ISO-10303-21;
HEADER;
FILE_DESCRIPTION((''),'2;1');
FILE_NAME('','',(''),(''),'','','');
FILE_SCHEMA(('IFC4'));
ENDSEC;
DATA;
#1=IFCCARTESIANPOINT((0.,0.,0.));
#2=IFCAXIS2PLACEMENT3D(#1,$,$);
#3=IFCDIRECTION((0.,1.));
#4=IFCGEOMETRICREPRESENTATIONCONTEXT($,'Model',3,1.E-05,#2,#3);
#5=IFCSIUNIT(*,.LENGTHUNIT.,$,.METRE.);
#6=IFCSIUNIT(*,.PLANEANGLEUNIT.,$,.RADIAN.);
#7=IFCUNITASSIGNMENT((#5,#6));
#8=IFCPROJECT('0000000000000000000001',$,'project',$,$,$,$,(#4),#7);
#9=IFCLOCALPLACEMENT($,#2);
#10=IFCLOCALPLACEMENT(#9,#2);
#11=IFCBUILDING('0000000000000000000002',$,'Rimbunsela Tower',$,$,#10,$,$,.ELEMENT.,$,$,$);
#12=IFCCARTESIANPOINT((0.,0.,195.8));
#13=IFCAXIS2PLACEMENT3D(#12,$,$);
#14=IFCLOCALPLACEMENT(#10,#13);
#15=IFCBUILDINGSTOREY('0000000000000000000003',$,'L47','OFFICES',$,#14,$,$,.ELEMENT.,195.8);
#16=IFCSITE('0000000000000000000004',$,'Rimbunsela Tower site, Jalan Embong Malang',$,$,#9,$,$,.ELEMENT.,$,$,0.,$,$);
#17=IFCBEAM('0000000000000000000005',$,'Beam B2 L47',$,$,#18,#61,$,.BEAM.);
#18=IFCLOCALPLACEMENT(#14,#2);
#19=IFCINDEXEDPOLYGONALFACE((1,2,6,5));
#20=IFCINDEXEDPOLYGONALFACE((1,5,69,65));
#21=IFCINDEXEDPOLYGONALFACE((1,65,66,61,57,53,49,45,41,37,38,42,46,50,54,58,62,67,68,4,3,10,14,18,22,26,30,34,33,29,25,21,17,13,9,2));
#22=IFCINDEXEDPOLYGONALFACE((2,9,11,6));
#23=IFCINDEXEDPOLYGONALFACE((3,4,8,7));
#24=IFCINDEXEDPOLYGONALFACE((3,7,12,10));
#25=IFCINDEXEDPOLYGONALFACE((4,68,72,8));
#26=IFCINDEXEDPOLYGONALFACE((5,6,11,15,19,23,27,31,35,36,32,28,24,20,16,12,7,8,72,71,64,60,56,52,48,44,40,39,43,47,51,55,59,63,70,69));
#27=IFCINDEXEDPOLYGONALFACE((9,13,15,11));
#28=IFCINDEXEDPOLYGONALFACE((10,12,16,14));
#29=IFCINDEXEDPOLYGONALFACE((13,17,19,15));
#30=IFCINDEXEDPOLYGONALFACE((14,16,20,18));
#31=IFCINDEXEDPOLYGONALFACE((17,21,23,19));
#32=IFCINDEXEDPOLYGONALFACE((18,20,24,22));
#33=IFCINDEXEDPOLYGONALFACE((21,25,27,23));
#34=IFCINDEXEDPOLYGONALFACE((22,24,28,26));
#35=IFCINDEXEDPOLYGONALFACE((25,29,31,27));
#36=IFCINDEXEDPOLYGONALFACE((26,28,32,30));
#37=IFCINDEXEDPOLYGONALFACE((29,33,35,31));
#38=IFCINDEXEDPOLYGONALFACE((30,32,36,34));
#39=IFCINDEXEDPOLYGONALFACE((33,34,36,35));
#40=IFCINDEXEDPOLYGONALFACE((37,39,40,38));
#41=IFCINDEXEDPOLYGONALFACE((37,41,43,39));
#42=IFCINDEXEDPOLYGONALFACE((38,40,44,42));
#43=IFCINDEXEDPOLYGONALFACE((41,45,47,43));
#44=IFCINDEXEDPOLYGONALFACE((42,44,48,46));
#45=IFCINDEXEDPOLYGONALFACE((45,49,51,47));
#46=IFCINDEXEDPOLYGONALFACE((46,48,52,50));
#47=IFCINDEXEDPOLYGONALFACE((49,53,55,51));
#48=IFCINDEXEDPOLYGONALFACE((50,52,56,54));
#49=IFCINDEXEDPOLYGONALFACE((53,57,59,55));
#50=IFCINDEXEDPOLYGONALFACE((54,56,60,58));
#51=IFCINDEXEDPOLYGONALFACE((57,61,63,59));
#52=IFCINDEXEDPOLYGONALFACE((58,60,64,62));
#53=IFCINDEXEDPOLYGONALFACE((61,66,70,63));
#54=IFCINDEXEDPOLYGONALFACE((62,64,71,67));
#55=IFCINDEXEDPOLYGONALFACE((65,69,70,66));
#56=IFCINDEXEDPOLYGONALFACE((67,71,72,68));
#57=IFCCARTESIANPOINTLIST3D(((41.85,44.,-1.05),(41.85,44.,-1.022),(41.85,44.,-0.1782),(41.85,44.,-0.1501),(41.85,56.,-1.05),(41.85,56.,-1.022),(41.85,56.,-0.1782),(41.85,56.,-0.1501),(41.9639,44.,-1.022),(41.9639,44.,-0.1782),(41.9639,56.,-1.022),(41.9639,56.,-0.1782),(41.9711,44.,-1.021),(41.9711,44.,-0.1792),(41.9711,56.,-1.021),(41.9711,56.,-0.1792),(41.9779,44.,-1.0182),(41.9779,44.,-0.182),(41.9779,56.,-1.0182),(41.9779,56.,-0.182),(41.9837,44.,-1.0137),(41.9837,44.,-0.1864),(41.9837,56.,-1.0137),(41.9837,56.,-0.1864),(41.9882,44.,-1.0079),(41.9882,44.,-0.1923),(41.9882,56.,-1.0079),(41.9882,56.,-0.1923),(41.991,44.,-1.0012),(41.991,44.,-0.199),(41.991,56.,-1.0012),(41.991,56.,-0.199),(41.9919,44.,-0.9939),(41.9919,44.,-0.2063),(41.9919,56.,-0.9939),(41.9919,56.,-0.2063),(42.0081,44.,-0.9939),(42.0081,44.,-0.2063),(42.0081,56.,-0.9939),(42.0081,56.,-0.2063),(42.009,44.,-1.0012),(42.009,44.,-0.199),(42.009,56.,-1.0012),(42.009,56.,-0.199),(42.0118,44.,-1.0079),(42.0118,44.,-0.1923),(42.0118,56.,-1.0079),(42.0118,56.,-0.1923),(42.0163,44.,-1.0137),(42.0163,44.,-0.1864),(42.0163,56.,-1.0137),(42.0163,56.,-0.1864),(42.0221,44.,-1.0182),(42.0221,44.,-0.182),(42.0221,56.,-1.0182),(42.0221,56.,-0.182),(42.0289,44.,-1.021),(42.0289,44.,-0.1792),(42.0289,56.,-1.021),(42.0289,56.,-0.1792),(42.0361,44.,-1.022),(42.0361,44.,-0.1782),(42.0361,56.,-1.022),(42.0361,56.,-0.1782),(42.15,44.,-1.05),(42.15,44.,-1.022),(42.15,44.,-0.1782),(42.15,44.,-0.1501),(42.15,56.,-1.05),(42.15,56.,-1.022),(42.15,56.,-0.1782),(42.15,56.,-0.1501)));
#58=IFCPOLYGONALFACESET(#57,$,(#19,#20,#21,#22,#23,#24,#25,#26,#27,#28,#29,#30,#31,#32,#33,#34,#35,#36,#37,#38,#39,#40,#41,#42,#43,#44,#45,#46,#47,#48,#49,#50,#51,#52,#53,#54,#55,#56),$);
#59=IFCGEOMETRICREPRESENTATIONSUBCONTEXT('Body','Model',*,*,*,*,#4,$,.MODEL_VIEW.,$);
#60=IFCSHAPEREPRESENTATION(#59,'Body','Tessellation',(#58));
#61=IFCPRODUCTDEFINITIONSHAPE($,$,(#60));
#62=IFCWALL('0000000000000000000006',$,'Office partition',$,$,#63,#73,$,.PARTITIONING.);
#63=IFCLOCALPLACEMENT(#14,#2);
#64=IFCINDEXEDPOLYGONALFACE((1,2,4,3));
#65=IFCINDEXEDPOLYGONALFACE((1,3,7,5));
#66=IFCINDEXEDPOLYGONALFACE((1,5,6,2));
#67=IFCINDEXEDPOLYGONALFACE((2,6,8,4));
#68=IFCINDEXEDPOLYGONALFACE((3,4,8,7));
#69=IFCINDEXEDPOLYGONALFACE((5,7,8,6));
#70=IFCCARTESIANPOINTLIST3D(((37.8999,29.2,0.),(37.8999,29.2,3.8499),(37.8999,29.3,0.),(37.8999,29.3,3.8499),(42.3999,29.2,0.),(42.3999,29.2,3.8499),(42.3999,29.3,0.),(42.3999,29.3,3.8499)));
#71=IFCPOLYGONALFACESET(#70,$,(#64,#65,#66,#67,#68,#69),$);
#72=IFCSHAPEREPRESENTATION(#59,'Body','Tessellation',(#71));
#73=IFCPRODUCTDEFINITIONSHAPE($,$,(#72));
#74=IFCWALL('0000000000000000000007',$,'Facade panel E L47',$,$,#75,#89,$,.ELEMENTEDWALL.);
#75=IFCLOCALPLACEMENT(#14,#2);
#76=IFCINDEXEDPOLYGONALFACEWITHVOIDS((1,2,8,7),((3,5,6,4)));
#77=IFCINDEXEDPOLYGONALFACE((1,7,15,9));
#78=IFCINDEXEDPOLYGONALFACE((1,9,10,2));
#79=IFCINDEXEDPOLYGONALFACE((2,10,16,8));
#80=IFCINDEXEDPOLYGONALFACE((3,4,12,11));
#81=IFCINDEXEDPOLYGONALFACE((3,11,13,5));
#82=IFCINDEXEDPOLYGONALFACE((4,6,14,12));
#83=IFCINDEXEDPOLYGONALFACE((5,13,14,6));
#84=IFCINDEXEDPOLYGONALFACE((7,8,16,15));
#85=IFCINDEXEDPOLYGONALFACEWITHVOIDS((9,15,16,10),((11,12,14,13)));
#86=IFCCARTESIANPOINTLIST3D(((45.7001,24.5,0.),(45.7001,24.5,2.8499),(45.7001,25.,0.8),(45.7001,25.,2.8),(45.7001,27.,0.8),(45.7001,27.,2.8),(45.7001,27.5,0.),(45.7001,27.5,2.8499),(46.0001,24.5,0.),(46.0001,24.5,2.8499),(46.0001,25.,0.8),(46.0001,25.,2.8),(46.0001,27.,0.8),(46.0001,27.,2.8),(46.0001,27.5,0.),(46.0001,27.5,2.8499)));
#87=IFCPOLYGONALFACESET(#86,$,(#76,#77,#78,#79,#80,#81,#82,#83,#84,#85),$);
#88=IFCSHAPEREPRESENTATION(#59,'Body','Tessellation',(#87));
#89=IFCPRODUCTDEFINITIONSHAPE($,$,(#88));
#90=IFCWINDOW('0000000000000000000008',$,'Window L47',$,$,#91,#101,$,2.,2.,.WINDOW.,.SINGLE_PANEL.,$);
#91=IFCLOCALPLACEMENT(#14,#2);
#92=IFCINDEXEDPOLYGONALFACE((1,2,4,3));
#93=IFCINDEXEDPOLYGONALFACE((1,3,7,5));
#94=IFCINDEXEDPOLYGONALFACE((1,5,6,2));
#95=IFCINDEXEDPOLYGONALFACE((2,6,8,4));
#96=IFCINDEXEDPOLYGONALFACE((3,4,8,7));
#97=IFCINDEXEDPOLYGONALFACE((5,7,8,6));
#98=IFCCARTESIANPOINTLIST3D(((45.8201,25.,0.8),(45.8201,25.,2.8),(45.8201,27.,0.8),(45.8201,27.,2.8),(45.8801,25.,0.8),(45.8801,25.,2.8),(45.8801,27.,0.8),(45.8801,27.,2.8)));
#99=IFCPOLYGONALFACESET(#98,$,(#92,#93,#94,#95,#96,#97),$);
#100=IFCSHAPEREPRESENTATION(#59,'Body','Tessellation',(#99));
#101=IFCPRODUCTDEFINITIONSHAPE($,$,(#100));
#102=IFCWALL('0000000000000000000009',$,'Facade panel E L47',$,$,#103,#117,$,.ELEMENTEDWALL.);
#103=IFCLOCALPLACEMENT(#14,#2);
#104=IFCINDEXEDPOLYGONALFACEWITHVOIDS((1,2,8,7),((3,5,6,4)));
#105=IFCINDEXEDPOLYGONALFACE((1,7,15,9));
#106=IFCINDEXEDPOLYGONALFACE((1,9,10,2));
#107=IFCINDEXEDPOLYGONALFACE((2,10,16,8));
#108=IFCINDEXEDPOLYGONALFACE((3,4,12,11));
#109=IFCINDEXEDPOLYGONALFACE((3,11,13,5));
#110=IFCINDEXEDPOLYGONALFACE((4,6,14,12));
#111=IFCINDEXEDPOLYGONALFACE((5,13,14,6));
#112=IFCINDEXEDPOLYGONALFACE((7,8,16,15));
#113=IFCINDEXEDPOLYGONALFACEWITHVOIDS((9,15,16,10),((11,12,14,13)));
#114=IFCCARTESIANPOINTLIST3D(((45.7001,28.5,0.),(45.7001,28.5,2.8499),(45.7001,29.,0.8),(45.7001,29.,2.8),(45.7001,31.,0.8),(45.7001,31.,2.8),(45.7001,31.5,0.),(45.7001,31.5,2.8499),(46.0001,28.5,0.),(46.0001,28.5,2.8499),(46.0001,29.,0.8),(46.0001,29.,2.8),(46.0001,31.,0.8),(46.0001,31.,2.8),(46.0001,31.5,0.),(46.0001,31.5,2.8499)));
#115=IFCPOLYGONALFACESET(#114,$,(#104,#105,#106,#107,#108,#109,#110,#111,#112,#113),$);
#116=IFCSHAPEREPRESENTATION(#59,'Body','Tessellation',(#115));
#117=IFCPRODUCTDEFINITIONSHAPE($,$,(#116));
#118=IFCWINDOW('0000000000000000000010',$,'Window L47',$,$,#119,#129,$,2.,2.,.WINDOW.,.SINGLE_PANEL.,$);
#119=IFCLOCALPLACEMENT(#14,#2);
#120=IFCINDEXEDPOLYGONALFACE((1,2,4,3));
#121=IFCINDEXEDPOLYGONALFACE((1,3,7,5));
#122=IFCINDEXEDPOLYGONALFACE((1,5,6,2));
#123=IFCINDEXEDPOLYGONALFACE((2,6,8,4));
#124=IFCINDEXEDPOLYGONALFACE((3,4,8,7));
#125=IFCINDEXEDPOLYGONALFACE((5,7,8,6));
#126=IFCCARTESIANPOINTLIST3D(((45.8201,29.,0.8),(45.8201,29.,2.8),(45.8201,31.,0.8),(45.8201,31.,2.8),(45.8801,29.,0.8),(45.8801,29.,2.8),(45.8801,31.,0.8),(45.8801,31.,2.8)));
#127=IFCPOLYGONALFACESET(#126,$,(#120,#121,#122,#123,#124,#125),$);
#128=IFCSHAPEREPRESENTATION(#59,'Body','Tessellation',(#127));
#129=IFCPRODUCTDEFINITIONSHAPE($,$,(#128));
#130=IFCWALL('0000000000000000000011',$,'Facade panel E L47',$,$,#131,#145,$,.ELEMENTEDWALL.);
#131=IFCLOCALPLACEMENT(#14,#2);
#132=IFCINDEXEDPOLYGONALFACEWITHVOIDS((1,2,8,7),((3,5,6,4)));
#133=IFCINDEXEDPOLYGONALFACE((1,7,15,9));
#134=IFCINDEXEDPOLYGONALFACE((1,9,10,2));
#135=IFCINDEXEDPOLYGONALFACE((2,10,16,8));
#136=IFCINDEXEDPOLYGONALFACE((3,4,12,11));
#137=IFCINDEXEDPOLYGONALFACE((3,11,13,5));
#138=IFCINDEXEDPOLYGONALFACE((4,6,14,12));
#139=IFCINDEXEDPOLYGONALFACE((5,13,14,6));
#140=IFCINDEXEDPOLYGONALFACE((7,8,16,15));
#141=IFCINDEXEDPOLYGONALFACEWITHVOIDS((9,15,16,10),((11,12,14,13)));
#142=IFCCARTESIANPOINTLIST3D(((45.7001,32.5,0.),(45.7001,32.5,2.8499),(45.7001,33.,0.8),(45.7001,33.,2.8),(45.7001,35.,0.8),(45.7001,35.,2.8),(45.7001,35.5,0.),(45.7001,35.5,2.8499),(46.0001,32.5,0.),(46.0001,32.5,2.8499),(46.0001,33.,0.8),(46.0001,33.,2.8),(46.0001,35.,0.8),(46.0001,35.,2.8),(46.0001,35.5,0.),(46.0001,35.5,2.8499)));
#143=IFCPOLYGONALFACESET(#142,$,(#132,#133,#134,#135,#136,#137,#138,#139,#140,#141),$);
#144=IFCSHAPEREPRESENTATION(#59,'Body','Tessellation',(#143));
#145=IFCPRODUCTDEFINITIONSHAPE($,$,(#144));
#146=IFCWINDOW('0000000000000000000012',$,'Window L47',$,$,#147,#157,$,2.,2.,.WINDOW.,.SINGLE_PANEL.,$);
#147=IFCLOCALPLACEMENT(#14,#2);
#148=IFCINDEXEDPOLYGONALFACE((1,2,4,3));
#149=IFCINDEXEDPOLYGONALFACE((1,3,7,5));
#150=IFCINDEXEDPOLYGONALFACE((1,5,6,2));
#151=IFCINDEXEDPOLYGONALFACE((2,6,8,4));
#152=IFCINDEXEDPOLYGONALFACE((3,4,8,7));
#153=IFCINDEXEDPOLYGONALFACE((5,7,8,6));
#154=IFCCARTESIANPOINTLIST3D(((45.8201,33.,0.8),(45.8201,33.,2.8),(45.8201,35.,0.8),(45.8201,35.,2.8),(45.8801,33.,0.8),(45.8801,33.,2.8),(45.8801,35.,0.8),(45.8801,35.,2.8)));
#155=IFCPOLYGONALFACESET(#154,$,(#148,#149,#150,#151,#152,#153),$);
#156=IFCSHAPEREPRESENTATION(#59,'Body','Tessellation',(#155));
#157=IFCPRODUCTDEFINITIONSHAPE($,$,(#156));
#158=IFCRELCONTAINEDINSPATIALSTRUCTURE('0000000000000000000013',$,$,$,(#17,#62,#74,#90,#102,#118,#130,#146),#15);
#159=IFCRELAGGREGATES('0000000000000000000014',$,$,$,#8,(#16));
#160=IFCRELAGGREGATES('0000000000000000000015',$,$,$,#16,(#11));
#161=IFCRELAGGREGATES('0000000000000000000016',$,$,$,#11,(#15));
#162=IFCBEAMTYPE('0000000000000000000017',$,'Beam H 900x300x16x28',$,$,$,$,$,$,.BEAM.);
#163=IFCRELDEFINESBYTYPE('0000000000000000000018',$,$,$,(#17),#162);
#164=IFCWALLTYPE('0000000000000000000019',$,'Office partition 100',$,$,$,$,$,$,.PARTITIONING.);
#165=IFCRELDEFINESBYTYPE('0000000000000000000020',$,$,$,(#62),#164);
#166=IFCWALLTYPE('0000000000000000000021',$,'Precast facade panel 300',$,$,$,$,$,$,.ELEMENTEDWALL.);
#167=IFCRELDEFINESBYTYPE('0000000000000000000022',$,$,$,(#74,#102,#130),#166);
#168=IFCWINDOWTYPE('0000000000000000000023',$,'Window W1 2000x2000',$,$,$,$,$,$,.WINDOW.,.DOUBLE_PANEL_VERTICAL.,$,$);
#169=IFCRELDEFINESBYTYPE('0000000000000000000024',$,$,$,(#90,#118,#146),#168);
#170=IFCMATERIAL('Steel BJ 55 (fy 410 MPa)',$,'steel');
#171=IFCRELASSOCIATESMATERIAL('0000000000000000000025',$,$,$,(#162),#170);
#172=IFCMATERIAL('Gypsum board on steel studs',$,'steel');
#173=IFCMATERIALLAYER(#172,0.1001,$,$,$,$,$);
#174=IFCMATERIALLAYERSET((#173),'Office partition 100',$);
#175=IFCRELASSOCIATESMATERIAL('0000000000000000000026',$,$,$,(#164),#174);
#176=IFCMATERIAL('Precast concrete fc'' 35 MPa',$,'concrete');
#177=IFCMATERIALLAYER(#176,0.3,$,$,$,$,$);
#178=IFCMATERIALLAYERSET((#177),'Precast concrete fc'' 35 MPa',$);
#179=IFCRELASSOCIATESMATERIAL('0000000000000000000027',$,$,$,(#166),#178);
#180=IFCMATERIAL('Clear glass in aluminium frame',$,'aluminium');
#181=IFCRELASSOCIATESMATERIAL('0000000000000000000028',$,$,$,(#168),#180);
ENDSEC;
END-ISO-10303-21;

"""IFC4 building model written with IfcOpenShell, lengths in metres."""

from ifc_helpers import new_model, si_unit, direction, frame, frame_2d, origin, origin_2d, place, context, subcontext, project, spatial, rectangle, i_section, extrude, material, layer, layer_set, material_profile, profile_set, type_object, element, fill, save


model = new_model("IFC4")

# Units and contexts
model_context = context("Model", 3, precision=1e-05, world=origin(), true_north=direction((0.0, 1.0)))
body_context = subcontext(model_context, "Body", "Model", "MODEL_VIEW")
ifc_project = project(units=[si_unit("LENGTHUNIT", "METRE"), si_unit("PLANEANGLEUNIT", "RADIAN")], contexts=[model_context])

# Site, building, storey
site_placement = place(None, origin())
site = spatial("IfcSite", under=ifc_project, at=site_placement, Name="Rimbunsela Tower site, Jalan Embong Malang", CompositionType="ELEMENT", RefElevation=0.0)
building_placement = place(site_placement, origin())
building = spatial("IfcBuilding", under=site, at=building_placement, Name="Rimbunsela Tower", CompositionType="ELEMENT")
storey_placement = place(building_placement, frame((0.0, 0.0, 195.8)))
storey = spatial("IfcBuildingStorey", under=building, at=storey_placement, Name="L47", Description="OFFICES", CompositionType="ELEMENT", Elevation=195.8)

# Beam
ifc_material_1 = material(Name="Steel BJ 55 (fy 410 MPa)", Category="steel")
ifc_material_profile_1 = material_profile(ifc_material_1, i_section(OverallWidth=0.3, OverallDepth=0.8999, WebThickness=0.0161, FlangeThickness=0.0281, FilletRadius=0.0281, at=origin_2d()), Name="H 900x300x16x28")
ifc_profile_set_1 = profile_set([ifc_material_profile_1], Name="Steel BJ 55 (fy 410 MPa)")
beam_type_1 = type_object("IfcBeamType", Name="Beam H 900x300x16x28", PredefinedType="BEAM", material=ifc_profile_set_1)
beam_placement = place(storey_placement, frame((42.0, 44.0, -0.6001), z_axis=(0.0, 1.0, 0.0), x_axis=(-1.0, 0.0, 0.0)))
element("IfcBeam", 1, at=beam_placement, inside=storey, type_object=beam_type_1, Name="Beam B2 L47", PredefinedType="BEAM", context=body_context, shape_type="SweptSolid", body=[
    extrude(i_section(OverallWidth=0.3, OverallDepth=0.8999, WebThickness=0.0161, FlangeThickness=0.0281, FilletRadius=0.0281, at=origin_2d()), origin(), (0.0, 0.0, 1.0), 12.0),
])

# Wall
ifc_material_2 = material(Name="Gypsum board on steel studs", Category="steel")
ifc_layer_1 = layer(ifc_material_2, 0.1001)
ifc_layer_set_1 = layer_set([ifc_layer_1], Name="Office partition 100")
wall_type_1 = type_object("IfcWallType", Name="Office partition 100", PredefinedType="PARTITIONING", material=ifc_layer_set_1)
wall_1_placement = place(storey_placement, frame((42.3999, 29.25, 0.0), z_axis=(0.0, 0.0, 1.0), x_axis=(-1.0, 0.0, 0.0)))
element("IfcWall", 2, at=wall_1_placement, inside=storey, type_object=wall_type_1, Name="Office partition", PredefinedType="PARTITIONING", context=body_context, shape_type="SweptSolid", body=[
    extrude(rectangle(XDim=4.5, YDim=0.1001, at=frame_2d((2.25, 0.0))), origin(), (0.0, 0.0, 1.0), 3.8499),
])

# Walls, openings, windows
ifc_material_3 = material(Name="Precast concrete fc' 35 MPa", Category="concrete")
ifc_layer_2 = layer(ifc_material_3, 0.3)
ifc_layer_set_2 = layer_set([ifc_layer_2], Name="Precast concrete fc' 35 MPa")
wall_type_2 = type_object("IfcWallType", Name="Precast facade panel 300", PredefinedType="ELEMENTEDWALL", material=ifc_layer_set_2)
wall_2_placement = place(storey_placement, frame((45.8501, 24.5, 0.0), z_axis=(0.0, 0.0, 1.0), x_axis=(0.0, 1.0, 0.0)))
wall_2 = element("IfcWall", 3, at=wall_2_placement, inside=storey, type_object=wall_type_2, Name="Facade panel E L47", PredefinedType="ELEMENTEDWALL", context=body_context, shape_type="SweptSolid", body=[
    extrude(rectangle(XDim=3.0, YDim=0.3, at=frame_2d((1.5, 0.0))), origin(), (0.0, 0.0, 1.0), 2.8499),
])
opening_1_placement = place(wall_2_placement, frame((0.5, 0.0, 0.8)))
opening_1 = element("IfcOpeningElement", 4, at=opening_1_placement, cuts=wall_2, PredefinedType="OPENING", context=body_context, shape_type="SweptSolid", body=[
    extrude(rectangle(XDim=2.0, YDim=2.0, at=frame_2d((1.0, 1.0))), frame((0.0, 0.1599, 0.0), z_axis=(0.0, -1.0, 0.0), x_axis=(1.0, 0.0, 0.0)), (0.0, 0.0, 1.0), 0.3201),
])
ifc_material_4 = material(Name="Clear glass in aluminium frame", Category="aluminium")
window_type = type_object("IfcWindowType", Name="Window W1 2000x2000", PartitioningType="DOUBLE_PANEL_VERTICAL", PredefinedType="WINDOW", material=ifc_material_4)
window_1_placement = place(opening_1_placement, origin())
window_1 = element("IfcWindow", 5, at=window_1_placement, inside=storey, type_object=window_type, Name="Window L47", OverallHeight=2.0, OverallWidth=2.0, PartitioningType="SINGLE_PANEL", PredefinedType="WINDOW", context=body_context, shape_type="SweptSolid", body=[
    extrude(rectangle(XDim=2.0, YDim=2.0, at=frame_2d((1.0, 1.0))), frame((0.0, 0.03, 0.0), z_axis=(0.0, -1.0, 0.0), x_axis=(1.0, 0.0, 0.0)), (0.0, 0.0, 1.0), 0.0601),
])
fill(opening_1, window_1)
wall_3_placement = place(storey_placement, frame((45.8501, 28.5, 0.0), z_axis=(0.0, 0.0, 1.0), x_axis=(0.0, 1.0, 0.0)))
wall_3 = element("IfcWall", 6, at=wall_3_placement, inside=storey, type_object=wall_type_2, Name="Facade panel E L47", PredefinedType="ELEMENTEDWALL", context=body_context, shape_type="SweptSolid", body=[
    extrude(rectangle(XDim=3.0, YDim=0.3, at=frame_2d((1.5, 0.0))), origin(), (0.0, 0.0, 1.0), 2.8499),
])
opening_2_placement = place(wall_3_placement, frame((0.5, 0.0, 0.8)))
opening_2 = element("IfcOpeningElement", 7, at=opening_2_placement, cuts=wall_3, PredefinedType="OPENING", context=body_context, shape_type="SweptSolid", body=[
    extrude(rectangle(XDim=2.0, YDim=2.0, at=frame_2d((1.0, 1.0))), frame((0.0, 0.1599, 0.0), z_axis=(0.0, -1.0, 0.0), x_axis=(1.0, 0.0, 0.0)), (0.0, 0.0, 1.0), 0.3201),
])
window_2_placement = place(opening_2_placement, origin())
window_2 = element("IfcWindow", 8, at=window_2_placement, inside=storey, type_object=window_type, Name="Window L47", OverallHeight=2.0, OverallWidth=2.0, PartitioningType="SINGLE_PANEL", PredefinedType="WINDOW", context=body_context, shape_type="SweptSolid", body=[
    extrude(rectangle(XDim=2.0, YDim=2.0, at=frame_2d((1.0, 1.0))), frame((0.0, 0.03, 0.0), z_axis=(0.0, -1.0, 0.0), x_axis=(1.0, 0.0, 0.0)), (0.0, 0.0, 1.0), 0.0601),
])
fill(opening_2, window_2)
wall_4_placement = place(storey_placement, frame((45.8501, 32.5, 0.0), z_axis=(0.0, 0.0, 1.0), x_axis=(0.0, 1.0, 0.0)))
wall_4 = element("IfcWall", 9, at=wall_4_placement, inside=storey, type_object=wall_type_2, Name="Facade panel E L47", PredefinedType="ELEMENTEDWALL", context=body_context, shape_type="SweptSolid", body=[
    extrude(rectangle(XDim=3.0, YDim=0.3, at=frame_2d((1.5, 0.0))), origin(), (0.0, 0.0, 1.0), 2.8499),
])
opening_3_placement = place(wall_4_placement, frame((0.5, 0.0, 0.8)))
opening_3 = element("IfcOpeningElement", 10, at=opening_3_placement, cuts=wall_4, PredefinedType="OPENING", context=body_context, shape_type="SweptSolid", body=[
    extrude(rectangle(XDim=2.0, YDim=2.0, at=frame_2d((1.0, 1.0))), frame((0.0, 0.1599, 0.0), z_axis=(0.0, -1.0, 0.0), x_axis=(1.0, 0.0, 0.0)), (0.0, 0.0, 1.0), 0.3201),
])
window_3_placement = place(opening_3_placement, origin())
window_3 = element("IfcWindow", 11, at=window_3_placement, inside=storey, type_object=window_type, Name="Window L47", OverallHeight=2.0, OverallWidth=2.0, PartitioningType="SINGLE_PANEL", PredefinedType="WINDOW", context=body_context, shape_type="SweptSolid", body=[
    extrude(rectangle(XDim=2.0, YDim=2.0, at=frame_2d((1.0, 1.0))), frame((0.0, 0.03, 0.0), z_axis=(0.0, -1.0, 0.0), x_axis=(1.0, 0.0, 0.0)), (0.0, 0.0, 1.0), 0.0601),
])
fill(opening_3, window_3)

save(model, "model.ifc")
